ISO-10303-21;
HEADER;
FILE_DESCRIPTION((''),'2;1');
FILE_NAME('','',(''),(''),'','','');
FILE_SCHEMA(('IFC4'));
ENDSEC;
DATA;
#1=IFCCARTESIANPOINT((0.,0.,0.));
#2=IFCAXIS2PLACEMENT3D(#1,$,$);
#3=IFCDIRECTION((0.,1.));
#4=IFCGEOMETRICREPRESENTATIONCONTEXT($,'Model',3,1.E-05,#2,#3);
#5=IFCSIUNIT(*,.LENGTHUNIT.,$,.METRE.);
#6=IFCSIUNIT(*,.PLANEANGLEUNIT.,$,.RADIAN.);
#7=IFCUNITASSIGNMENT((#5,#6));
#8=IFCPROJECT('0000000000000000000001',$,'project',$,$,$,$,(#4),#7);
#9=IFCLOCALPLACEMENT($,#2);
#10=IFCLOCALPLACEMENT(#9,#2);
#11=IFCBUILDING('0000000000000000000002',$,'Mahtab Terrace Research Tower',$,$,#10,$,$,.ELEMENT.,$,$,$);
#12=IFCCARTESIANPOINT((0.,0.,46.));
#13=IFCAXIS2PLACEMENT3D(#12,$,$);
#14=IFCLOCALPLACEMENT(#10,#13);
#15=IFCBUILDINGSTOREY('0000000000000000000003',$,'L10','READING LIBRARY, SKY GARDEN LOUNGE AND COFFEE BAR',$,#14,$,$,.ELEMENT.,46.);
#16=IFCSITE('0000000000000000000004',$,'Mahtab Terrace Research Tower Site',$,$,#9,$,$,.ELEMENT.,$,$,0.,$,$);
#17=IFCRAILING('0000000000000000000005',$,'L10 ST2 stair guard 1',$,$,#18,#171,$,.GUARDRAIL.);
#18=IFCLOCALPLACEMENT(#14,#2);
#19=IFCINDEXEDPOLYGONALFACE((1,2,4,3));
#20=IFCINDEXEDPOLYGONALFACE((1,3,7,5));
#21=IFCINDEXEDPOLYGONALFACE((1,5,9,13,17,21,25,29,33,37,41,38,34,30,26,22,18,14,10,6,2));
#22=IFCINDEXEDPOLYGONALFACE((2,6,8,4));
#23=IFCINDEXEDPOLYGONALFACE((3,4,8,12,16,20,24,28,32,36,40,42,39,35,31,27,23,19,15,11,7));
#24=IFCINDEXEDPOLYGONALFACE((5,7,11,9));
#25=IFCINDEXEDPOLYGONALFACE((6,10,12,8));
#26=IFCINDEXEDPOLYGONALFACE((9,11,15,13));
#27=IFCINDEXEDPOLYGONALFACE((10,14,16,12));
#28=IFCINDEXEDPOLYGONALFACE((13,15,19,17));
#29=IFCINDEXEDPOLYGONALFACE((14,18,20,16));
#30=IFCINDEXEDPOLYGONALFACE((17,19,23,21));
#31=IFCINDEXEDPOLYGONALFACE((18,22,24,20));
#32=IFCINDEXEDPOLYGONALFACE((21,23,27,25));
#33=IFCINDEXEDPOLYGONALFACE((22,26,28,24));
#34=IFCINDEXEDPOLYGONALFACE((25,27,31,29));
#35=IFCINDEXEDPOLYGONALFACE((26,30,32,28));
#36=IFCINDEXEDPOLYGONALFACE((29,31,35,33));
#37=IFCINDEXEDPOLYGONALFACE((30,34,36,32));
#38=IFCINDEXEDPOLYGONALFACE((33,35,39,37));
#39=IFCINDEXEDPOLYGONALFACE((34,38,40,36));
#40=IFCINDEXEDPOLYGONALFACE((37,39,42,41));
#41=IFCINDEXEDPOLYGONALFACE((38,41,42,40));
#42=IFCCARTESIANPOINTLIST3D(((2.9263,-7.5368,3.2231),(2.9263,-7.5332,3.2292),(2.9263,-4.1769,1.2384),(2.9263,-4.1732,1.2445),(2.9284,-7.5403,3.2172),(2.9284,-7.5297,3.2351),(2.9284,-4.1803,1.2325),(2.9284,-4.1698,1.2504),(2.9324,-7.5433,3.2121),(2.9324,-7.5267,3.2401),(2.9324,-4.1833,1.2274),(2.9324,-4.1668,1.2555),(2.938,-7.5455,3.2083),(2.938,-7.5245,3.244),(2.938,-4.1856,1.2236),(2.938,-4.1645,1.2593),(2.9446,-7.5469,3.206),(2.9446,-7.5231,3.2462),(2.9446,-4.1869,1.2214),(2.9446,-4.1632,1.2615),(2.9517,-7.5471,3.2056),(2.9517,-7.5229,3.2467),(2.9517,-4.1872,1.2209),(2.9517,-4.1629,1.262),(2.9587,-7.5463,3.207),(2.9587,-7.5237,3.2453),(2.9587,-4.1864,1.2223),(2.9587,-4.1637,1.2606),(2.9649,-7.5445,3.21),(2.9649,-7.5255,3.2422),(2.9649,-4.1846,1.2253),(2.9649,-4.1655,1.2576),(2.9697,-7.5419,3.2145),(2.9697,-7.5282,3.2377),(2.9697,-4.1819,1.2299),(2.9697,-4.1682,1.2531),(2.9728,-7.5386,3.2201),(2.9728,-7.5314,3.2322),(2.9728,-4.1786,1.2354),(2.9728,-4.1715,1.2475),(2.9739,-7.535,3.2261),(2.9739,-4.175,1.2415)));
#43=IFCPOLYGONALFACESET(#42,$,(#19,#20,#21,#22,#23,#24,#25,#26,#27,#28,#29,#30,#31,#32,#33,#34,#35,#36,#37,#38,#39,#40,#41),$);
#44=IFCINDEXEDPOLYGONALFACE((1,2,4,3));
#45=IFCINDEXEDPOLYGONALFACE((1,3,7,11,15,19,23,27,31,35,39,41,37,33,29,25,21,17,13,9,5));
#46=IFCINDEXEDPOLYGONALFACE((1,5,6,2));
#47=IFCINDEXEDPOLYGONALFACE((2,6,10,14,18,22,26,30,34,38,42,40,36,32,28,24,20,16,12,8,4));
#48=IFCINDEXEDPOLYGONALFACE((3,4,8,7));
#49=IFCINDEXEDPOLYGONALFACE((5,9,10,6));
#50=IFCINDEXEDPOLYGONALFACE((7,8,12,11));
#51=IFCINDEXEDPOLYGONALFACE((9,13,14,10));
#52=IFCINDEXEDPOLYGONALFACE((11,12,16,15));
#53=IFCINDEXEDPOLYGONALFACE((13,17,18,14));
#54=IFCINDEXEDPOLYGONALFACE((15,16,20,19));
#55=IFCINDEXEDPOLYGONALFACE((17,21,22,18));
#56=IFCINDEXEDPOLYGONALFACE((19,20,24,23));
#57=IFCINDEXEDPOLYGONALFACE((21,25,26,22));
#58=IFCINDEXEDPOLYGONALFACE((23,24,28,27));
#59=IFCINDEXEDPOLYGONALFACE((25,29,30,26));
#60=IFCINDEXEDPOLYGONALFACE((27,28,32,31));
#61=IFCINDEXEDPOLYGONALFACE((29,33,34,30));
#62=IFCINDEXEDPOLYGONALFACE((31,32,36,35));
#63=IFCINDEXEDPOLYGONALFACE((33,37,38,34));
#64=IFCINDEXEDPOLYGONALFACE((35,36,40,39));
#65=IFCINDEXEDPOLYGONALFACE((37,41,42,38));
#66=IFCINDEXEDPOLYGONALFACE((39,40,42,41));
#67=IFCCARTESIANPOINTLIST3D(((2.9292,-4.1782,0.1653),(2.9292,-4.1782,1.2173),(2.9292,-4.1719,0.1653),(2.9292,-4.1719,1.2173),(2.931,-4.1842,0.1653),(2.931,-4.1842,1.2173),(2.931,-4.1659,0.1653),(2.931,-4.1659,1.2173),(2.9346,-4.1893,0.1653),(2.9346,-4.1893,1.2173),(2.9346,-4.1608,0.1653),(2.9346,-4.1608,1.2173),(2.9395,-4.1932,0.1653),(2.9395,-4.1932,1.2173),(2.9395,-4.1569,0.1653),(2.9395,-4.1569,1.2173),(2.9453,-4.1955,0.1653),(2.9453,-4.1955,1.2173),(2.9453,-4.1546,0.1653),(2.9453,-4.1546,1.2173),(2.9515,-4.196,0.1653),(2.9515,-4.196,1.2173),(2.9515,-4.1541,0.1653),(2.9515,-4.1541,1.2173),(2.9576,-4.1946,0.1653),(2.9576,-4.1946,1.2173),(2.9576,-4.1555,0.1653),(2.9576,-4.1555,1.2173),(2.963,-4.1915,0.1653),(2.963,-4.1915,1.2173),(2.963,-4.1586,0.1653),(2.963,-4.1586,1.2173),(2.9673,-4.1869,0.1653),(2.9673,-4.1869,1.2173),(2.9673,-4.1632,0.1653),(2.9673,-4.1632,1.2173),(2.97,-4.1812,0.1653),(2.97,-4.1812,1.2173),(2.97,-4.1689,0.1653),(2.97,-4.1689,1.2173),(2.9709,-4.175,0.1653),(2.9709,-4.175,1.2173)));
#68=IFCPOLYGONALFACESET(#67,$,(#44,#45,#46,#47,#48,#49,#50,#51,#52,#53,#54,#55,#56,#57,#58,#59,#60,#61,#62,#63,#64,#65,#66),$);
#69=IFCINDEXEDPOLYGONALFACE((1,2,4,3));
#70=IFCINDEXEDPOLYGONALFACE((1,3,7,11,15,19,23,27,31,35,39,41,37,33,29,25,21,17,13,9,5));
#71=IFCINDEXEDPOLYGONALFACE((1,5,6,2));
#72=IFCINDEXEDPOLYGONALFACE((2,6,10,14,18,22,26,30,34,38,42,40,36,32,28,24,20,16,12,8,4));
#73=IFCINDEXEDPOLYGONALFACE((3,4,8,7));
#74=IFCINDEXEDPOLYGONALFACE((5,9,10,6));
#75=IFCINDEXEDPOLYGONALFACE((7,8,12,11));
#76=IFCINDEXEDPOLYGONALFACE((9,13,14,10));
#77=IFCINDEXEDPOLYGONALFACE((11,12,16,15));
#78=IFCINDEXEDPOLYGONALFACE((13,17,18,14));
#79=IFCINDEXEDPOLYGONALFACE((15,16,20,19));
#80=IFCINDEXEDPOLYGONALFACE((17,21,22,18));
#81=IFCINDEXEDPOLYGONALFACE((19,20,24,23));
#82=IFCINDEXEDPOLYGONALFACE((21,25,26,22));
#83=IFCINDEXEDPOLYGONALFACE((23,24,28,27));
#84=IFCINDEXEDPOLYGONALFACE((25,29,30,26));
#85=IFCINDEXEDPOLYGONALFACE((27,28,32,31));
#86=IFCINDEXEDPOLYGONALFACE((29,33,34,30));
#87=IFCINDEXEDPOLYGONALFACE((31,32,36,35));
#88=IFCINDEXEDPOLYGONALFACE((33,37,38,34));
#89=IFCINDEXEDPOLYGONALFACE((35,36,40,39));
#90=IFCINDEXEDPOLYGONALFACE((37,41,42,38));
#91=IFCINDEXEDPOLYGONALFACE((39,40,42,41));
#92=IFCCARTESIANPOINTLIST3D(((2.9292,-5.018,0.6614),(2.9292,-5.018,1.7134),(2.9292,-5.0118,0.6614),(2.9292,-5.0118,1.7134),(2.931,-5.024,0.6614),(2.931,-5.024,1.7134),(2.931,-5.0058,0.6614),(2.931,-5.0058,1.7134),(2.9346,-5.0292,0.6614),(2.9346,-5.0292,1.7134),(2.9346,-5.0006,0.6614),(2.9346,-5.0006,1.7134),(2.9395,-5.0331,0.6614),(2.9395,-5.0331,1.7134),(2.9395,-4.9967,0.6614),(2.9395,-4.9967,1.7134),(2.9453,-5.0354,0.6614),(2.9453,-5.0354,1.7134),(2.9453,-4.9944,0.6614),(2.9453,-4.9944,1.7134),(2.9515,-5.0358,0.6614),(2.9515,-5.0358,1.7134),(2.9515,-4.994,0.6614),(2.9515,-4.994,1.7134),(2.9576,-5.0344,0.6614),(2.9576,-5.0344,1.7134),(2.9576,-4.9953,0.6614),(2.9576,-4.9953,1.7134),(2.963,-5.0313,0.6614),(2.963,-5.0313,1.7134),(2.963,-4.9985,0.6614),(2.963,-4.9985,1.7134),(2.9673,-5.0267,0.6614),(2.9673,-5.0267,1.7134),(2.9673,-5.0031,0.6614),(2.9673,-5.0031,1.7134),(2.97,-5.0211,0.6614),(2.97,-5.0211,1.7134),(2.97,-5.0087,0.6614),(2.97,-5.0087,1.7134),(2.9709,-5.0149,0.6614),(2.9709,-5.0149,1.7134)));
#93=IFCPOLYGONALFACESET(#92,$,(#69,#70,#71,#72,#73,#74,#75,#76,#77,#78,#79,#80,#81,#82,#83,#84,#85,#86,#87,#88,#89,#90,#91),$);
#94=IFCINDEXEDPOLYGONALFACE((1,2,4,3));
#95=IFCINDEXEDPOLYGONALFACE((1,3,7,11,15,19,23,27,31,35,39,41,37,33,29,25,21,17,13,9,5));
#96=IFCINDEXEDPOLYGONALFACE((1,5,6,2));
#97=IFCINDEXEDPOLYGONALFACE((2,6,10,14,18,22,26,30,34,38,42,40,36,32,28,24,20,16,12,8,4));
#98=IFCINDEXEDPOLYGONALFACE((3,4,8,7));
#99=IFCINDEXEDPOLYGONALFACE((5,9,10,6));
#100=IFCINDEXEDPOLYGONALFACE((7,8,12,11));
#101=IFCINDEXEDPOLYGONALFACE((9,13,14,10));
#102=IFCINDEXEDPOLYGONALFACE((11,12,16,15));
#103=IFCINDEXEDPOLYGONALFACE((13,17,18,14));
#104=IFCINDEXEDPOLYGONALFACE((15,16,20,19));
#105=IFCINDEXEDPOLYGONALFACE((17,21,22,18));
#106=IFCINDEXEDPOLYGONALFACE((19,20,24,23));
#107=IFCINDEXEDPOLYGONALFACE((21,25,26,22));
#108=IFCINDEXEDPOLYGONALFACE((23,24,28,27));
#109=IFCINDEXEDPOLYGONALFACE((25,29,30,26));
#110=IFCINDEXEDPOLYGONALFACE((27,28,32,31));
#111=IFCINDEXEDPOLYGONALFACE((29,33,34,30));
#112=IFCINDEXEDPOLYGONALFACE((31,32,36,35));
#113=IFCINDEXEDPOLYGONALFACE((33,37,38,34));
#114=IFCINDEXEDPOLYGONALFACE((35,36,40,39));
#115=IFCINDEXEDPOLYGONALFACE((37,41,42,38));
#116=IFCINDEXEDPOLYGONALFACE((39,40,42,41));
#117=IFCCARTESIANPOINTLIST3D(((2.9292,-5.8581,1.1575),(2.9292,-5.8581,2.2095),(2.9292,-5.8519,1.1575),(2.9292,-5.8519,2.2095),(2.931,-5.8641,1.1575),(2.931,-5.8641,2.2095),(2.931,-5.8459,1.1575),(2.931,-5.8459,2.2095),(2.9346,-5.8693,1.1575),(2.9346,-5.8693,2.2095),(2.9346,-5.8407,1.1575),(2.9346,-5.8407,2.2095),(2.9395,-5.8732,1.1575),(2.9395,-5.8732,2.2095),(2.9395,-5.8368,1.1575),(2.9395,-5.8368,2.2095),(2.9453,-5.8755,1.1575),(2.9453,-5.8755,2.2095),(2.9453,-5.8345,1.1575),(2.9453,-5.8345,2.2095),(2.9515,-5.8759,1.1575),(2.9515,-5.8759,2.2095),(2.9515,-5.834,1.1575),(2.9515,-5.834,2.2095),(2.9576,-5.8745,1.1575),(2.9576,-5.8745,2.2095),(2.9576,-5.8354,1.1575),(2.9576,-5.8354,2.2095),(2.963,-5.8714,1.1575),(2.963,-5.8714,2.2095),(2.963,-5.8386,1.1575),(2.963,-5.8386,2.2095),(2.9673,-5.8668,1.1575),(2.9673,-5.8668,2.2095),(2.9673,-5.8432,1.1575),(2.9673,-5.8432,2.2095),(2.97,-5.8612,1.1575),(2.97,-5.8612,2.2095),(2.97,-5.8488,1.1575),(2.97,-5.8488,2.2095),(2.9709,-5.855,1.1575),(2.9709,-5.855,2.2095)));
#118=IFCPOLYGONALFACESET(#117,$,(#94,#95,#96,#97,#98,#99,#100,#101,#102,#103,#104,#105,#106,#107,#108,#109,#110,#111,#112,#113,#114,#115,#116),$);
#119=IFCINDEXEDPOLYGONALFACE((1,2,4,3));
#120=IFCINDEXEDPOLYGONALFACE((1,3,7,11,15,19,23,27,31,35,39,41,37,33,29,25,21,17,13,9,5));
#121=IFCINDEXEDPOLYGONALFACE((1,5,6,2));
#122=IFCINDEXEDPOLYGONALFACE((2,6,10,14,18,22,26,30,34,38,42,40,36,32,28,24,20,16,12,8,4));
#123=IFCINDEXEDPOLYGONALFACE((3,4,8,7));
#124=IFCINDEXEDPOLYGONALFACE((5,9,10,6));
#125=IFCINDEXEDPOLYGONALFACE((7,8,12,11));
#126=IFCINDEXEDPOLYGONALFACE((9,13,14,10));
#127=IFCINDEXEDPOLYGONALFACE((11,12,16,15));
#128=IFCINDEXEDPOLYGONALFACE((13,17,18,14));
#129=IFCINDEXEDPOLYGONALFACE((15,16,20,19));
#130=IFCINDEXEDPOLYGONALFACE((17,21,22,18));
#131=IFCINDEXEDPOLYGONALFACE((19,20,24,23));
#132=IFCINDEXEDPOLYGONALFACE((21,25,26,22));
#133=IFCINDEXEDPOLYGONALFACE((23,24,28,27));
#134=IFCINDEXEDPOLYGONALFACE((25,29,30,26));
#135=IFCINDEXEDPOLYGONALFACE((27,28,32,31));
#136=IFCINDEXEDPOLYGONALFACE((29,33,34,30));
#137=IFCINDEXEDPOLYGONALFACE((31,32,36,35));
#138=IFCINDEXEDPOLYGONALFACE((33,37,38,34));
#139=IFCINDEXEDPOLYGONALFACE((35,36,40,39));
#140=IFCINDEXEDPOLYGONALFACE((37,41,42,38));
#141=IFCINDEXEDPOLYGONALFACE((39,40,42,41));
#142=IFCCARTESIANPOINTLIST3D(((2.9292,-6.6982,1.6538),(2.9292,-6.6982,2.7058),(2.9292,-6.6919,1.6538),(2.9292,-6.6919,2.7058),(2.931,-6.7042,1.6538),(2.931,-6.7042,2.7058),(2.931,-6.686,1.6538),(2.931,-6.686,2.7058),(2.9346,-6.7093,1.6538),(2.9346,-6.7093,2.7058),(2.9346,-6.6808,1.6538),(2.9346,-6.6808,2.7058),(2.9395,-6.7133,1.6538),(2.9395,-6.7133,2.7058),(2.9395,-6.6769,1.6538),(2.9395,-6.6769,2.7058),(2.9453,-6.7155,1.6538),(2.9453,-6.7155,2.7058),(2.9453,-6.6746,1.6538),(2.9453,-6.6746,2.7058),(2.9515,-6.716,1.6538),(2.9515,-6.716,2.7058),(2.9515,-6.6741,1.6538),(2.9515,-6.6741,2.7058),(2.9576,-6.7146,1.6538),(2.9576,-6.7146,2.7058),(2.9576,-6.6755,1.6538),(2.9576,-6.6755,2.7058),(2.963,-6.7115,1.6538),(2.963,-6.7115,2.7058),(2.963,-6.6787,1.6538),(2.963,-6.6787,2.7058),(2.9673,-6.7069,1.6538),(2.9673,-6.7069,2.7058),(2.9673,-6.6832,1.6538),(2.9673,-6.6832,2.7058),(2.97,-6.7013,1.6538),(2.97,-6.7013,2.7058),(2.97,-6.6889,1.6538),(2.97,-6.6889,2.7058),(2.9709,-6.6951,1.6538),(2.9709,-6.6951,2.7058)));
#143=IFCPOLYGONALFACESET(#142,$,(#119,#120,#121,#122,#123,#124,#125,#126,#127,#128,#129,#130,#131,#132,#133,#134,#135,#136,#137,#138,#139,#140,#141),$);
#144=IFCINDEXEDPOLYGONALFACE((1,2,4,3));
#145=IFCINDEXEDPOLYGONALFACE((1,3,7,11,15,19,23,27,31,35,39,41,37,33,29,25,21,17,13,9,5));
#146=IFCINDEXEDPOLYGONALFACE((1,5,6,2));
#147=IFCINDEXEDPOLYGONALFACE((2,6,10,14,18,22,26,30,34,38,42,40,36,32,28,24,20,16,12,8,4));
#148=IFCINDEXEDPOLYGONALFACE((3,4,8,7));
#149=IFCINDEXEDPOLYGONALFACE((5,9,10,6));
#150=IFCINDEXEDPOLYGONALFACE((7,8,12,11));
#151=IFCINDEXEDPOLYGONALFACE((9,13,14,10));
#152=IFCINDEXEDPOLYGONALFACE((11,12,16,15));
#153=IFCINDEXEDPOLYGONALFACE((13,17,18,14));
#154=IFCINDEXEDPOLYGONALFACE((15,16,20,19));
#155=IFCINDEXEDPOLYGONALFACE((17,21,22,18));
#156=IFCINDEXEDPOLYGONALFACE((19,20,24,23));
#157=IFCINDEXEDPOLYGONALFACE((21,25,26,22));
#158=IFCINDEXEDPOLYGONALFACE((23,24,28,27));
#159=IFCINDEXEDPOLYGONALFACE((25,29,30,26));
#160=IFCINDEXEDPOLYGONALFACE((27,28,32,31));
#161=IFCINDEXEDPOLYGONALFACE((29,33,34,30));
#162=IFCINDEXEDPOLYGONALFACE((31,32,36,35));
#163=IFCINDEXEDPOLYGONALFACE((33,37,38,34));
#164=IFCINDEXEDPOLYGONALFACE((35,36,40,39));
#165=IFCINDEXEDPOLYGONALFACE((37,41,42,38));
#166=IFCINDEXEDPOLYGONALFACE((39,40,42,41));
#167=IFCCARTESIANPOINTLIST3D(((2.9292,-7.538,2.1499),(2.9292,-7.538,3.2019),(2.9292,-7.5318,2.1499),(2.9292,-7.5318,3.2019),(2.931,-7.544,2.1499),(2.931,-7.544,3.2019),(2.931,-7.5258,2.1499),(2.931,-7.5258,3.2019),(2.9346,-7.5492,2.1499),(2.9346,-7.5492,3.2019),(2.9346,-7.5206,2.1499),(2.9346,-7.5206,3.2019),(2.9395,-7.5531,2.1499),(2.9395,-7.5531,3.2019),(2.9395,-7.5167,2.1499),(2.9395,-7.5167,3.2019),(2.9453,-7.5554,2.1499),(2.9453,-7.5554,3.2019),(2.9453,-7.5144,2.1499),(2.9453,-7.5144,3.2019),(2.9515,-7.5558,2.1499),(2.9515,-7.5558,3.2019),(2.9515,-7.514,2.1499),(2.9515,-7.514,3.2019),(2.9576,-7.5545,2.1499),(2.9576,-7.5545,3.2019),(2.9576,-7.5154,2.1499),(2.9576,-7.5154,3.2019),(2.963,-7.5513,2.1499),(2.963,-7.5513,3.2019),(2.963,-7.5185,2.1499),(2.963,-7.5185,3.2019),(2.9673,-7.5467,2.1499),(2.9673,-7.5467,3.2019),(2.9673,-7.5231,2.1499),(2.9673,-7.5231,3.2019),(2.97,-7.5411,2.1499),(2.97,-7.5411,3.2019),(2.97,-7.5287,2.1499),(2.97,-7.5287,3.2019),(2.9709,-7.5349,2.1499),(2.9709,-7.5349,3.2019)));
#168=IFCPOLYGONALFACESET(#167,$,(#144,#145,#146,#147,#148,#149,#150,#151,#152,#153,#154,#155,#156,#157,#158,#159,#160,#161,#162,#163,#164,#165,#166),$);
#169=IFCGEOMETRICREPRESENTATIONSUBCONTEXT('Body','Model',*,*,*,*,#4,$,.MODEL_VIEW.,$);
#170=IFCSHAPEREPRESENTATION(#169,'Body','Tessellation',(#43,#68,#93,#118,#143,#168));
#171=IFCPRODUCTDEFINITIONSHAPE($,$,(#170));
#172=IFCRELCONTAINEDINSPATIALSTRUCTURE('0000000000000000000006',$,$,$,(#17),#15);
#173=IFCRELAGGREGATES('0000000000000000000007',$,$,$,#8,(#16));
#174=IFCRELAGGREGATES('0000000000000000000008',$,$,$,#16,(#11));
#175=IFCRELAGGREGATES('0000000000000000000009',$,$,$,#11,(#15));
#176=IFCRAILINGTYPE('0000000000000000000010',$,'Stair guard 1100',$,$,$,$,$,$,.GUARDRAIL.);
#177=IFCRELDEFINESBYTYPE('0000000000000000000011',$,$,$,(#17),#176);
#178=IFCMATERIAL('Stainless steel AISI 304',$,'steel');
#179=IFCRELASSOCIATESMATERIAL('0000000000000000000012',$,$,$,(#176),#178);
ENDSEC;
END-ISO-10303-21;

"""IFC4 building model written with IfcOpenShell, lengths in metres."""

from ifc_helpers import new_model, si_unit, direction, frame, origin, origin_2d, place, context, subcontext, project, spatial, circle, extrude, material, type_object, element, save


model = new_model("IFC4")

# Units and contexts
model_context = context("Model", 3, precision=1e-05, world=origin(), true_north=direction((0.0, 1.0)))
body_context = subcontext(model_context, "Body", "Model", "MODEL_VIEW")
ifc_project = project(units=[si_unit("LENGTHUNIT", "METRE"), si_unit("PLANEANGLEUNIT", "RADIAN")], contexts=[model_context])

# Site, building, storey
site_placement = place(None, origin())
site = spatial("IfcSite", under=ifc_project, at=site_placement, Name="Mahtab Terrace Research Tower Site", CompositionType="ELEMENT", RefElevation=0.0)
building_placement = place(site_placement, origin())
building = spatial("IfcBuilding", under=site, at=building_placement, Name="Mahtab Terrace Research Tower", CompositionType="ELEMENT")
storey_placement = place(building_placement, frame((0.0, 0.0, 46.0)))
storey = spatial("IfcBuildingStorey", under=building, at=storey_placement, Name="L10", Description="READING LIBRARY, SKY GARDEN LOUNGE AND COFFEE BAR", CompositionType="ELEMENT", Elevation=46.0)

# Railing
ifc_material_1 = material(Name="Stainless steel AISI 304", Category="steel")
railing_type_1 = type_object("IfcRailingType", Name="Stair guard 1100", PredefinedType="GUARDRAIL", material=ifc_material_1)
railing_1_placement = place(storey_placement, frame((2.95, -4.175, 0.1653)))
element("IfcRailing", 1, at=railing_1_placement, inside=storey, type_object=railing_type_1, Name="L10 ST2 stair guard 1", PredefinedType="GUARDRAIL", context=body_context, shape_type="SweptSolid", body=[
    extrude(circle(Radius=0.0239, at=origin_2d()), frame((0.0, 0.0, 1.0762), z_axis=(0.0, -0.861011, 0.508586), x_axis=(1.0, 0.0, 0.0)), (0.0, 0.0, 1.0), 3.9023),
    extrude(circle(Radius=0.021, at=origin_2d()), origin(), (0.0, 0.0, 1.0), 1.052),
    extrude(circle(Radius=0.021, at=origin_2d()), frame((0.0, -0.8398, 0.4961)), (0.0, 0.0, 1.0), 1.052),
    extrude(circle(Radius=0.021, at=origin_2d()), frame((0.0, -1.6799, 0.9922)), (0.0, 0.0, 1.0), 1.052),
    extrude(circle(Radius=0.021, at=origin_2d()), frame((0.0, -2.52, 1.4885)), (0.0, 0.0, 1.0), 1.052),
    extrude(circle(Radius=0.021, at=origin_2d()), frame((0.0, -3.3599, 1.9846)), (0.0, 0.0, 1.0), 1.052),
])

save(model, "model.ifc")
